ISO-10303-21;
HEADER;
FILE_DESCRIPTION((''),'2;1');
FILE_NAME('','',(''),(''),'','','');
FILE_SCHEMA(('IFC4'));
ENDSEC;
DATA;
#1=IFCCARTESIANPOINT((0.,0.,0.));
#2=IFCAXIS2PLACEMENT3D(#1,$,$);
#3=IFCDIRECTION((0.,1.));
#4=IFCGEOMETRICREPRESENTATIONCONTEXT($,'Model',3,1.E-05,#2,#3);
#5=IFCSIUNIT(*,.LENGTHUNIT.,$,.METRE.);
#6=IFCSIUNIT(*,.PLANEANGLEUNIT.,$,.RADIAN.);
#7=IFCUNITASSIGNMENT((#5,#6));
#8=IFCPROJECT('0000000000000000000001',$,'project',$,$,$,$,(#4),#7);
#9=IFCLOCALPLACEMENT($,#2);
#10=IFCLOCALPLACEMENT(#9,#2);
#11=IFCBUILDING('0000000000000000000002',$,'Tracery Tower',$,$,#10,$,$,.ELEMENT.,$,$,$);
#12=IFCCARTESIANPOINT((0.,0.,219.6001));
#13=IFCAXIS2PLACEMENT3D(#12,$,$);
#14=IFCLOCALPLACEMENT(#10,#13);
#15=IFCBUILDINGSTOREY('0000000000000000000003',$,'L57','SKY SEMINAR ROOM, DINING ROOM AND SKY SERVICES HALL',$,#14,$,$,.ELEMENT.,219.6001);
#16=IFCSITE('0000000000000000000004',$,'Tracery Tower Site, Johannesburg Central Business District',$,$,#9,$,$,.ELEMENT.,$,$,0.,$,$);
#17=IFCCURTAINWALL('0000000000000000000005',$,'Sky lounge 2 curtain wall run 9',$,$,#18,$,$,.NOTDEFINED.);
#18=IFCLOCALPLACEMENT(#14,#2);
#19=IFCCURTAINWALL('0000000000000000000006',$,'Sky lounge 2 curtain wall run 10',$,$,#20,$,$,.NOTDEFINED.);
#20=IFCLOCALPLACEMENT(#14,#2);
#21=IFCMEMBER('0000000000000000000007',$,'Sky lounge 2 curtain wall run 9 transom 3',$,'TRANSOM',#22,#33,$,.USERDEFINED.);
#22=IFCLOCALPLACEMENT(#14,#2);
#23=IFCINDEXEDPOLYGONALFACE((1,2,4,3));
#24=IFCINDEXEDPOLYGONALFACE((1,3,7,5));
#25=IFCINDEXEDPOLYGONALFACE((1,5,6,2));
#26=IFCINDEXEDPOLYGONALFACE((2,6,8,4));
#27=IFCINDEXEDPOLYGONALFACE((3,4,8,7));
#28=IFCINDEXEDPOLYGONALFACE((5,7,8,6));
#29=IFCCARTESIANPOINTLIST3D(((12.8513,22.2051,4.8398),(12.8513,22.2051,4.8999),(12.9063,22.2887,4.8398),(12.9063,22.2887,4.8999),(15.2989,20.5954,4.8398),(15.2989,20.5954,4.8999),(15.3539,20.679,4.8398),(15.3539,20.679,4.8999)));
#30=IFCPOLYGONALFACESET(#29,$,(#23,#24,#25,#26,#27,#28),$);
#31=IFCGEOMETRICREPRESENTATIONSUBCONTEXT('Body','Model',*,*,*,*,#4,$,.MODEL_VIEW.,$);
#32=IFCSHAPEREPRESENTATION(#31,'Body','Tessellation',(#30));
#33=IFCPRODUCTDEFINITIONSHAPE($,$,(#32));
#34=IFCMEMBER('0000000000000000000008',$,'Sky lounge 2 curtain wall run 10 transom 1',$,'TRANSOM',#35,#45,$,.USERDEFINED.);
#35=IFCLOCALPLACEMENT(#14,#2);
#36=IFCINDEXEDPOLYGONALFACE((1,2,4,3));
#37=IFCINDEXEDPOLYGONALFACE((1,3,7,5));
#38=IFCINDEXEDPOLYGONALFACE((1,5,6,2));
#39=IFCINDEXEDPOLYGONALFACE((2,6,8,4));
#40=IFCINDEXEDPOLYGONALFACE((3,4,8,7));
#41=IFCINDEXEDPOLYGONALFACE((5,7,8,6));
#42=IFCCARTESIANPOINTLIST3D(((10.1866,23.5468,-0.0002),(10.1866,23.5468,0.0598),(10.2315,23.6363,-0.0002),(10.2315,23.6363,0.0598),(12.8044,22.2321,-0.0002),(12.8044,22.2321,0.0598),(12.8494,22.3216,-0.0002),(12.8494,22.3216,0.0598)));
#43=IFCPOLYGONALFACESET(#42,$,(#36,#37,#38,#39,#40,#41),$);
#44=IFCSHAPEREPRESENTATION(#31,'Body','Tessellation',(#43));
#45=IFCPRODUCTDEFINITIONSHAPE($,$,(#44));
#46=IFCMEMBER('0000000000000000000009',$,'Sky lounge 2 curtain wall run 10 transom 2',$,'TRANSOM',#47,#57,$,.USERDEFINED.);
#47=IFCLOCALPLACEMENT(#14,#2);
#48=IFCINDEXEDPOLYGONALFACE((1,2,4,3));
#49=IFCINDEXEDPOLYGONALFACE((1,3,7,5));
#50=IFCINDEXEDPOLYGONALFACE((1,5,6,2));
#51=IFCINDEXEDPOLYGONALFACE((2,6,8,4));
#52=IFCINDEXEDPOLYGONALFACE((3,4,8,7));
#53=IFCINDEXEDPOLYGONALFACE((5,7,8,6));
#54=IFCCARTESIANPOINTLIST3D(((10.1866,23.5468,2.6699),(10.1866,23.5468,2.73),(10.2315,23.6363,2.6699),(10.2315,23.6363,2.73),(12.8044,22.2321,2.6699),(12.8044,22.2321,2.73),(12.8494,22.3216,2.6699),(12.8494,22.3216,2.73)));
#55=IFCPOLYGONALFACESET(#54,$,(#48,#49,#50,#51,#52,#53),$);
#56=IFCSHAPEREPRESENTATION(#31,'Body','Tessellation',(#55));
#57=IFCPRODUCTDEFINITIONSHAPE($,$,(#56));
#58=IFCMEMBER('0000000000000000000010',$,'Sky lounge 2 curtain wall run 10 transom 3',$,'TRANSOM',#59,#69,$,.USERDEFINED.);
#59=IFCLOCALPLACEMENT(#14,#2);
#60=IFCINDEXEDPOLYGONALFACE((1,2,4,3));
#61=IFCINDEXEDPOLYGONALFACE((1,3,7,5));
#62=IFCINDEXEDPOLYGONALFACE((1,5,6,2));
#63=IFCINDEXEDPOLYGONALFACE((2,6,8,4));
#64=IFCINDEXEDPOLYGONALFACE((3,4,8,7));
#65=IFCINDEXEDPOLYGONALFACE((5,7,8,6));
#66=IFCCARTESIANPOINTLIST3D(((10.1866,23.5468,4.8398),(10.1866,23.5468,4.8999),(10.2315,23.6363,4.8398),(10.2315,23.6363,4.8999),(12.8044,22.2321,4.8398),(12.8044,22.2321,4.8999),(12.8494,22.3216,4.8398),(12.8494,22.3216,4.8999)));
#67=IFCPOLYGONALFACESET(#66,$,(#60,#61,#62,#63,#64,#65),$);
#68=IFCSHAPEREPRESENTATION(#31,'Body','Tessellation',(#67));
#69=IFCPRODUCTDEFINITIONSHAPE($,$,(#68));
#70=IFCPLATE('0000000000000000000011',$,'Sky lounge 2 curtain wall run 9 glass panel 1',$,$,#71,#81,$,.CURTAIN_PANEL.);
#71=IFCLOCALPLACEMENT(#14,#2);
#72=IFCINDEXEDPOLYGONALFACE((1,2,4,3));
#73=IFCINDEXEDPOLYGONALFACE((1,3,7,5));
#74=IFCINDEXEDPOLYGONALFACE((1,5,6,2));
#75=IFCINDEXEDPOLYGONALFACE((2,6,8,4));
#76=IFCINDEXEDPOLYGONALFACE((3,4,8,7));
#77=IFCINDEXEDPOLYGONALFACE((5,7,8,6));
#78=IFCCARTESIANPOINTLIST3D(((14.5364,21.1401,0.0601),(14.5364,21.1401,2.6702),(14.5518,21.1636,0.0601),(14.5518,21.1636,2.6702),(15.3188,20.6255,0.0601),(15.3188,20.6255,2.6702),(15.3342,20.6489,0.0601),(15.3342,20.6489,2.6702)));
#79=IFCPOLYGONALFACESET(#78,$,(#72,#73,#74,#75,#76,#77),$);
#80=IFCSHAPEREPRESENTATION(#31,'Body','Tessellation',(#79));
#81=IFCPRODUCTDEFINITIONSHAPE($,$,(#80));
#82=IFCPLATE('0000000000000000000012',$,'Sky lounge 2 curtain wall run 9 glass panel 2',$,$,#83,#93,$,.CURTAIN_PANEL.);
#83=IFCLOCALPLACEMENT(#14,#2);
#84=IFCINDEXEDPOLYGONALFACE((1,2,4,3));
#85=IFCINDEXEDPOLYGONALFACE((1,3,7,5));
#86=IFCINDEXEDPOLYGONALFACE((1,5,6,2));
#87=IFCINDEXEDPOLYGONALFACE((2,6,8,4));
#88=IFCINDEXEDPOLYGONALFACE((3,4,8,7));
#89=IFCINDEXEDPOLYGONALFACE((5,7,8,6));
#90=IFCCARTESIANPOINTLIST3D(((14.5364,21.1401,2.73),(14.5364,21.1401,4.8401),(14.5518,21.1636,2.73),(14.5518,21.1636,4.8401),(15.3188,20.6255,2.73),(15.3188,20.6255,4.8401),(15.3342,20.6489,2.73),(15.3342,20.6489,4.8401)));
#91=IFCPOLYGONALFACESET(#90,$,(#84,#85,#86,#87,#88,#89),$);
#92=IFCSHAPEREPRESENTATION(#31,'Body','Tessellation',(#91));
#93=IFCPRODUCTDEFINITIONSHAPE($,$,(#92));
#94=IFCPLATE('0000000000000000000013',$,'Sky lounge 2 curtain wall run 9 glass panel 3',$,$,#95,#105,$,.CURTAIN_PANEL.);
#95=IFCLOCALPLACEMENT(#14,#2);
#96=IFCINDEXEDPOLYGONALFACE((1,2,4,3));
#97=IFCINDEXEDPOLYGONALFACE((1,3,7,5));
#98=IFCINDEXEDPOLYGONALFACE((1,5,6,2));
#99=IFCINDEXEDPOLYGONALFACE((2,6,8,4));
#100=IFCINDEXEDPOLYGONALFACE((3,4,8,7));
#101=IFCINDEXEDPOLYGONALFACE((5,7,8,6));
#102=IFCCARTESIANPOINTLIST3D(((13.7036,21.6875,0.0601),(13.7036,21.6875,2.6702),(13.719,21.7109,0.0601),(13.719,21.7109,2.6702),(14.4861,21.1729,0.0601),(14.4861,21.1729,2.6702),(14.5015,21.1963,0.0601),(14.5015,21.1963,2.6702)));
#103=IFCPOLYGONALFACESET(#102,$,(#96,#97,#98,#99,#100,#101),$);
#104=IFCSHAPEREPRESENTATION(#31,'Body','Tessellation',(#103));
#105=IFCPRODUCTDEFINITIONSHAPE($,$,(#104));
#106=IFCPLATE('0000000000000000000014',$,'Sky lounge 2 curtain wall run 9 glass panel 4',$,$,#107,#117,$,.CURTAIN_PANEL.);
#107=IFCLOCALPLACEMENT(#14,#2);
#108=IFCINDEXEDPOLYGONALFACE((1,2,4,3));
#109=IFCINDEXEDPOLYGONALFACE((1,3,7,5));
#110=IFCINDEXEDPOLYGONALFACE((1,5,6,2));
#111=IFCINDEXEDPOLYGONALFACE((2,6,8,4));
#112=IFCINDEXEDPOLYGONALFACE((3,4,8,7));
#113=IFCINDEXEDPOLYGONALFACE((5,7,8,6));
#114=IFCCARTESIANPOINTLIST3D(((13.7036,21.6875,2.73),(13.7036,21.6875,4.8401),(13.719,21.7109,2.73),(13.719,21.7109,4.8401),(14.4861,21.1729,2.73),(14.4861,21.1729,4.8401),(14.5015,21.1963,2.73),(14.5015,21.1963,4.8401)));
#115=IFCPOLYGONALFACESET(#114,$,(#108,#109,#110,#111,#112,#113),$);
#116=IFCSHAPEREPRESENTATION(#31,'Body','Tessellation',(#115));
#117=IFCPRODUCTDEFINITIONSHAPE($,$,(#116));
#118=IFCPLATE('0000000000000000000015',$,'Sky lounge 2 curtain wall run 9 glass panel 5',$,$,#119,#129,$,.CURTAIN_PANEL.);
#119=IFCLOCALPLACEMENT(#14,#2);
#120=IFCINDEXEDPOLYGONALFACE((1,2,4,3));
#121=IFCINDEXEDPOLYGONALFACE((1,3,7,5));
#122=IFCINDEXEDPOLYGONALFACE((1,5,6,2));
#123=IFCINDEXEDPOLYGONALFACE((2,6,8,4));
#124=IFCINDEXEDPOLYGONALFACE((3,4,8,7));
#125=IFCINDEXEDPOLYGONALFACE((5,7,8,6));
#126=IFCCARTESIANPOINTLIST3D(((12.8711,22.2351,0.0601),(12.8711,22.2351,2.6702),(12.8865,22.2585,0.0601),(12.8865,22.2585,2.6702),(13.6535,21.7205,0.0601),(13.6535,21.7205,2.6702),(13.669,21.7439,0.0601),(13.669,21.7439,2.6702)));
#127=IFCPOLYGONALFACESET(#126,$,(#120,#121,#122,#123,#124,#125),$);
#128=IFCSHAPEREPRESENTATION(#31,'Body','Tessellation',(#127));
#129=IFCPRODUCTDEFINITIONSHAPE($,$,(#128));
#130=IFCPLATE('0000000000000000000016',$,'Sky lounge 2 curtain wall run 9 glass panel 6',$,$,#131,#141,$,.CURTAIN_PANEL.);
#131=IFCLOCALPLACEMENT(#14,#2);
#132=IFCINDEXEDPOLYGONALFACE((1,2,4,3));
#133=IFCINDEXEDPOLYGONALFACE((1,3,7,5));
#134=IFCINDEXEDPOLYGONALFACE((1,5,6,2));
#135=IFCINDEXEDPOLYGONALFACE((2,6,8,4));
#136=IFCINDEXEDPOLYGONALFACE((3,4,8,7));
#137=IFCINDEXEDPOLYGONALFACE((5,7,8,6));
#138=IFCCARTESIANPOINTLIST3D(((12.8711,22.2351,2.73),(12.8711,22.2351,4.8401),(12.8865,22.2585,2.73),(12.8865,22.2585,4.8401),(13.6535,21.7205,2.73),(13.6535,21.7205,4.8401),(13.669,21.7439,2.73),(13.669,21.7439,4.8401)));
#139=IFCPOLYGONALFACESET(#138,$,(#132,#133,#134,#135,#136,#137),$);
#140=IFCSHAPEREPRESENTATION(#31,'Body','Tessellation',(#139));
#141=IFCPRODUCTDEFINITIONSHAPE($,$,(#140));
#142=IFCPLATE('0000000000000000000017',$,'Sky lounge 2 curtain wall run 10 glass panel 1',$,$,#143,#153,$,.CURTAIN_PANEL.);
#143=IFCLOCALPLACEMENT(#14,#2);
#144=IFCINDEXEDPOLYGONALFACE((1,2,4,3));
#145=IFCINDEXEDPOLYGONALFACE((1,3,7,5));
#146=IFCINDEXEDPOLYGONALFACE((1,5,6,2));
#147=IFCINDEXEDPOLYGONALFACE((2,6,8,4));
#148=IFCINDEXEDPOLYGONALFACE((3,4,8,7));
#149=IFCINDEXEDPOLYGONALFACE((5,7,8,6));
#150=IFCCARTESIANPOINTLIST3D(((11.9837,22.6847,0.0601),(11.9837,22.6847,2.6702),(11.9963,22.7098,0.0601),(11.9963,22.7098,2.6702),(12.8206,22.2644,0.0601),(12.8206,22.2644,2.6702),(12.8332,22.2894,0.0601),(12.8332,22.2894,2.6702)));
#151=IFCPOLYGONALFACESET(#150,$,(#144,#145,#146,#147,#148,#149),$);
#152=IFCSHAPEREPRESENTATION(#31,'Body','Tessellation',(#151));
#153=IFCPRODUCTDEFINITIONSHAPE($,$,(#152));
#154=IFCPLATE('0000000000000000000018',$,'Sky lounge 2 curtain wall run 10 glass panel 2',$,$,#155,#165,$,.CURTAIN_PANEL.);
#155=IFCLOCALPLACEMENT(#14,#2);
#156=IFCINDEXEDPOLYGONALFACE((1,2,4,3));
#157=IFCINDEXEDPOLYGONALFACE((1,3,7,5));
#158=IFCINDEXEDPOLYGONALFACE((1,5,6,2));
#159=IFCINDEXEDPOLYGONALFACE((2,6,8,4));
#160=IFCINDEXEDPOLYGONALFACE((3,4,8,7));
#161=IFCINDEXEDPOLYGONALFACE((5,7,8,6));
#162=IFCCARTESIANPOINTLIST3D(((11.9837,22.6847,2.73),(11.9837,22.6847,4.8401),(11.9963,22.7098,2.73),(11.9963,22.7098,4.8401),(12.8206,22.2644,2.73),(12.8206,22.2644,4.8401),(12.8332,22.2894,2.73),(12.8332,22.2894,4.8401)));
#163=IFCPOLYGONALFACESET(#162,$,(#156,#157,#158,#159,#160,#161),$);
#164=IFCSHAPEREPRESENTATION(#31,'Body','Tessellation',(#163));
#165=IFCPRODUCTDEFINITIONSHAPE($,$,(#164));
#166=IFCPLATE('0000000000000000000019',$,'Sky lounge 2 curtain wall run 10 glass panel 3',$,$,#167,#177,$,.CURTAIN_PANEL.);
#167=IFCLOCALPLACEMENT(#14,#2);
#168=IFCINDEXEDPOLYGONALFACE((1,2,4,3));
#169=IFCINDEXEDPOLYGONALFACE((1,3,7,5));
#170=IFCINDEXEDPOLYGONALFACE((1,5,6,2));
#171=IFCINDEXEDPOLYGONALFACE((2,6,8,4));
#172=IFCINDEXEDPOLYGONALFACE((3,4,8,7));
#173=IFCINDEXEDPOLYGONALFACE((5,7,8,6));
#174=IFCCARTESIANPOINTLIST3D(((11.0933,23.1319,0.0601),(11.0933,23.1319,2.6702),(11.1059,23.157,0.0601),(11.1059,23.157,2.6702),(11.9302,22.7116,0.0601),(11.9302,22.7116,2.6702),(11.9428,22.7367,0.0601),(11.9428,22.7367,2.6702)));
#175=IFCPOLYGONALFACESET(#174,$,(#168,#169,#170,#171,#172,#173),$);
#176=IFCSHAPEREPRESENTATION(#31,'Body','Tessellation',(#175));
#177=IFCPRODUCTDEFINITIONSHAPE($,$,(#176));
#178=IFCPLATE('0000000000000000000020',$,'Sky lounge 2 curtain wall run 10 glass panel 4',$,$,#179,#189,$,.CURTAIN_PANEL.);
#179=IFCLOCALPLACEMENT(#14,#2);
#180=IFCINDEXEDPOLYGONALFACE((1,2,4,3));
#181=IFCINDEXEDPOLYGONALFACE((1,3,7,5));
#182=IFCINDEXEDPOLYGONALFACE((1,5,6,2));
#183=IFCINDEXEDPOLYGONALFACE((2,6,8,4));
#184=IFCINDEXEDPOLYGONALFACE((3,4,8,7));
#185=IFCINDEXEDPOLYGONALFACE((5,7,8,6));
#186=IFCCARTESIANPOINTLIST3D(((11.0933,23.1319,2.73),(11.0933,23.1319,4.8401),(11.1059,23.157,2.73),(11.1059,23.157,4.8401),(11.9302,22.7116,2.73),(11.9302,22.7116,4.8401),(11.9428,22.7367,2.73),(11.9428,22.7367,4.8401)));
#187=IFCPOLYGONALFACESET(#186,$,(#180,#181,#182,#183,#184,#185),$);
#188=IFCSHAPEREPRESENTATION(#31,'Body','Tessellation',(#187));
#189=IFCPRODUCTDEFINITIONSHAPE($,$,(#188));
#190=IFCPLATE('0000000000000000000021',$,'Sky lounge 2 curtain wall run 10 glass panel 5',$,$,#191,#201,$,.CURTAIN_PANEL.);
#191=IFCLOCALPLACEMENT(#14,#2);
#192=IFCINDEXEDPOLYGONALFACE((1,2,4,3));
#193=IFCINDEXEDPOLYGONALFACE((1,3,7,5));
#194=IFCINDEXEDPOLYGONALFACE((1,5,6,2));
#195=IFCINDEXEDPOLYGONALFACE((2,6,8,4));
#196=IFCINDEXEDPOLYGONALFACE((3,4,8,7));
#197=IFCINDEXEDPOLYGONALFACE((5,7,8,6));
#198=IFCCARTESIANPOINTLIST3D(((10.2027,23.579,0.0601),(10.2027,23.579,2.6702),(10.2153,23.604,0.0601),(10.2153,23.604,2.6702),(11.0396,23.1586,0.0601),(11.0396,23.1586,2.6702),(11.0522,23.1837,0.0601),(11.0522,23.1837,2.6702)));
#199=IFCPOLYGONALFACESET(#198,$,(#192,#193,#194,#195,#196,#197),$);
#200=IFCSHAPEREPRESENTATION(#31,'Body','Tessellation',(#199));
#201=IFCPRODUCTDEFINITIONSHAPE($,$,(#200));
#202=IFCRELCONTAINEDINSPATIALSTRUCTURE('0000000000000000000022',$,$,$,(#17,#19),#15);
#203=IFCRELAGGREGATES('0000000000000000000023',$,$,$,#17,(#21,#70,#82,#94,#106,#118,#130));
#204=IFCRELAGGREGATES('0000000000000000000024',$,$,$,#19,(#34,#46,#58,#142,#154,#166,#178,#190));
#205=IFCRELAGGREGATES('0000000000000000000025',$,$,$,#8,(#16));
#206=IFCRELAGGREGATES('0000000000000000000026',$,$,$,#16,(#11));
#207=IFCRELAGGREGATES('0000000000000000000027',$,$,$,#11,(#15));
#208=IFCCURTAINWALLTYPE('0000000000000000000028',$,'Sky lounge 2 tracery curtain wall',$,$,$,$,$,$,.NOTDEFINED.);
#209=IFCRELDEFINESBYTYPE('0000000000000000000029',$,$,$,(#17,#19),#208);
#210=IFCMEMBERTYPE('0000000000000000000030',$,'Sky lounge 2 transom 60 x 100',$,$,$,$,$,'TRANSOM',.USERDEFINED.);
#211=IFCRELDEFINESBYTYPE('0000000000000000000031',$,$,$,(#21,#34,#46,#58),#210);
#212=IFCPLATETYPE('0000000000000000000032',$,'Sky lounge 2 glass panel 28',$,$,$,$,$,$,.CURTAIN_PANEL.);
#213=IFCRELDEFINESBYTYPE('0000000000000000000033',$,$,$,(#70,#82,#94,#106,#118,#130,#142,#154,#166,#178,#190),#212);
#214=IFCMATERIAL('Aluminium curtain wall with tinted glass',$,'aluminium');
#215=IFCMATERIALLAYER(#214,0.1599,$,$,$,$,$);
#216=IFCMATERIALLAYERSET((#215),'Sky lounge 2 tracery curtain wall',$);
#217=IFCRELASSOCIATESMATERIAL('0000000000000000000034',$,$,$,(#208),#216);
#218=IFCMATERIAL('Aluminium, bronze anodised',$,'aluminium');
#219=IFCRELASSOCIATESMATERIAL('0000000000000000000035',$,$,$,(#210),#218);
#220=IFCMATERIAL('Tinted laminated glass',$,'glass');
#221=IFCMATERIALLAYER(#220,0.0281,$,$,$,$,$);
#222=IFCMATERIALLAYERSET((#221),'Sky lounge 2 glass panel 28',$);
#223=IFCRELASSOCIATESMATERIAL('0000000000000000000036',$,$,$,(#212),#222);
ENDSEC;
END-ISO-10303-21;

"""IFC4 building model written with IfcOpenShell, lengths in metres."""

from ifc_helpers import new_model, si_unit, direction, frame, origin, origin_2d, place, context, subcontext, project, spatial, rectangle, extrude, material, layer, layer_set, material_profile, profile_set, type_object, element, aggregate, save


model = new_model("IFC4")

# Units and contexts
model_context = context("Model", 3, precision=1e-05, world=origin(), true_north=direction((0.0, 1.0)))
body_context = subcontext(model_context, "Body", "Model", "MODEL_VIEW")
ifc_project = project(units=[si_unit("LENGTHUNIT", "METRE"), si_unit("PLANEANGLEUNIT", "RADIAN")], contexts=[model_context])

# Site, building, storey
site_placement = place(None, origin())
site = spatial("IfcSite", under=ifc_project, at=site_placement, Name="Tracery Tower Site, Johannesburg Central Business District", CompositionType="ELEMENT", RefElevation=0.0)
building_placement = place(site_placement, origin())
building = spatial("IfcBuilding", under=site, at=building_placement, Name="Tracery Tower", CompositionType="ELEMENT")
storey_placement = place(building_placement, frame((0.0, 0.0, 219.6001)))
storey = spatial("IfcBuildingStorey", under=building, at=storey_placement, Name="L57", Description="SKY SEMINAR ROOM, DINING ROOM AND SKY SERVICES HALL", CompositionType="ELEMENT", Elevation=219.6001)

# Curtain walls
ifc_material_1 = material(Name="Aluminium curtain wall with tinted glass", Category="aluminium")
ifc_layer_1 = layer(ifc_material_1, 0.1599)
ifc_layer_set_1 = layer_set([ifc_layer_1], Name="Sky lounge 2 tracery curtain wall")
curtain_wall_type = type_object("IfcCurtainWallType", Name="Sky lounge 2 tracery curtain wall", PredefinedType="NOTDEFINED", material=ifc_layer_set_1)
curtain_wall_1_placement = place(storey_placement, origin())
curtain_wall_1 = element("IfcCurtainWall", 1, at=curtain_wall_1_placement, inside=storey, type_object=curtain_wall_type, Name="Sky lounge 2 curtain wall run 9", PredefinedType="NOTDEFINED")
curtain_wall_2_placement = place(storey_placement, origin())
curtain_wall_2 = element("IfcCurtainWall", 2, at=curtain_wall_2_placement, inside=storey, type_object=curtain_wall_type, Name="Sky lounge 2 curtain wall run 10", PredefinedType="NOTDEFINED")

# Members
ifc_material_2 = material(Name="Aluminium, bronze anodised", Category="aluminium")
ifc_material_profile_1 = material_profile(ifc_material_2, rectangle(XDim=0.1001, YDim=0.0601, at=origin_2d()), Name="AL 60x100")
ifc_profile_set_1 = profile_set([ifc_material_profile_1], Name="Aluminium, bronze anodised")
member_type_1 = type_object("IfcMemberType", Name="Sky lounge 2 transom 60 x 100", ElementType="TRANSOM", PredefinedType="USERDEFINED", material=ifc_profile_set_1)
member_1_placement = place(storey_placement, frame((15.3264, 20.6372, 4.8699), z_axis=(-0.835509, 0.549477, 0.0), x_axis=(-0.549477, -0.835509, 0.0)))
member_1 = element("IfcMember", 3, at=member_1_placement, type_object=member_type_1, Name="Sky lounge 2 curtain wall run 9 transom 3", ObjectType="TRANSOM", PredefinedType="USERDEFINED", context=body_context, shape_type="SweptSolid", body=[
    extrude(rectangle(XDim=0.1001, YDim=0.0601, at=origin_2d()), origin(), (0.0, 0.0, 1.0), 2.9294),
])
member_2_placement = place(storey_placement, frame((12.8269, 22.2769, 0.0298), z_axis=(-0.893642, 0.44878, 0.0), x_axis=(-0.44878, -0.893642, 0.0)))
member_2 = element("IfcMember", 4, at=member_2_placement, type_object=member_type_1, Name="Sky lounge 2 curtain wall run 10 transom 1", ObjectType="TRANSOM", PredefinedType="USERDEFINED", context=body_context, shape_type="SweptSolid", body=[
    extrude(rectangle(XDim=0.1001, YDim=0.0601, at=origin_2d()), origin(), (0.0, 0.0, 1.0), 2.9294),
])
member_3_placement = place(storey_placement, frame((12.8269, 22.2769, 2.7), z_axis=(-0.893642, 0.44878, 0.0), x_axis=(-0.44878, -0.893642, 0.0)))
member_3 = element("IfcMember", 5, at=member_3_placement, type_object=member_type_1, Name="Sky lounge 2 curtain wall run 10 transom 2", ObjectType="TRANSOM", PredefinedType="USERDEFINED", context=body_context, shape_type="SweptSolid", body=[
    extrude(rectangle(XDim=0.1001, YDim=0.0601, at=origin_2d()), origin(), (0.0, 0.0, 1.0), 2.9294),
])
member_4_placement = place(storey_placement, frame((12.8269, 22.2769, 4.8699), z_axis=(-0.893642, 0.44878, 0.0), x_axis=(-0.44878, -0.893642, 0.0)))
member_4 = element("IfcMember", 6, at=member_4_placement, type_object=member_type_1, Name="Sky lounge 2 curtain wall run 10 transom 3", ObjectType="TRANSOM", PredefinedType="USERDEFINED", context=body_context, shape_type="SweptSolid", body=[
    extrude(rectangle(XDim=0.1001, YDim=0.0601, at=origin_2d()), origin(), (0.0, 0.0, 1.0), 2.9294),
])

# Plates
ifc_material_3 = material(Name="Tinted laminated glass", Category="glass")
ifc_layer_2 = layer(ifc_material_3, 0.0281)
ifc_layer_set_2 = layer_set([ifc_layer_2], Name="Sky lounge 2 glass panel 28")
plate_type = type_object("IfcPlateType", Name="Sky lounge 2 glass panel 28", PredefinedType="CURTAIN_PANEL", material=ifc_layer_set_2)
plate_1_placement = place(storey_placement, frame((14.9353, 20.8945, 0.0601), z_axis=(0.0, 0.0, 1.0), x_axis=(-0.835488, 0.549509, 0.0)))
plate_1 = element("IfcPlate", 7, at=plate_1_placement, type_object=plate_type, Name="Sky lounge 2 curtain wall run 9 glass panel 1", PredefinedType="CURTAIN_PANEL", context=body_context, shape_type="SweptSolid", body=[
    extrude(rectangle(XDim=0.9365, YDim=0.0281, at=origin_2d()), origin(), (0.0, 0.0, 1.0), 2.6101),
])
plate_2_placement = place(storey_placement, frame((14.9353, 20.8945, 2.73), z_axis=(0.0, 0.0, 1.0), x_axis=(-0.835488, 0.549509, 0.0)))
plate_2 = element("IfcPlate", 8, at=plate_2_placement, type_object=plate_type, Name="Sky lounge 2 curtain wall run 9 glass panel 2", PredefinedType="CURTAIN_PANEL", context=body_context, shape_type="SweptSolid", body=[
    extrude(rectangle(XDim=0.9365, YDim=0.0281, at=origin_2d()), origin(), (0.0, 0.0, 1.0), 2.1101),
])
plate_3_placement = place(storey_placement, frame((14.1025, 21.4419, 0.0601), z_axis=(0.0, 0.0, 1.0), x_axis=(-0.835488, 0.549509, 0.0)))
plate_3 = element("IfcPlate", 9, at=plate_3_placement, type_object=plate_type, Name="Sky lounge 2 curtain wall run 9 glass panel 3", PredefinedType="CURTAIN_PANEL", context=body_context, shape_type="SweptSolid", body=[
    extrude(rectangle(XDim=0.9365, YDim=0.0281, at=origin_2d()), origin(), (0.0, 0.0, 1.0), 2.6101),
])
plate_4_placement = place(storey_placement, frame((14.1025, 21.4419, 2.73), z_axis=(0.0, 0.0, 1.0), x_axis=(-0.835488, 0.549509, 0.0)))
plate_4 = element("IfcPlate", 10, at=plate_4_placement, type_object=plate_type, Name="Sky lounge 2 curtain wall run 9 glass panel 4", PredefinedType="CURTAIN_PANEL", context=body_context, shape_type="SweptSolid", body=[
    extrude(rectangle(XDim=0.9365, YDim=0.0281, at=origin_2d()), origin(), (0.0, 0.0, 1.0), 2.1101),
])
plate_5_placement = place(storey_placement, frame((13.27, 21.9895, 0.0601), z_axis=(0.0, 0.0, 1.0), x_axis=(-0.835488, 0.549509, 0.0)))
plate_5 = element("IfcPlate", 11, at=plate_5_placement, type_object=plate_type, Name="Sky lounge 2 curtain wall run 9 glass panel 5", PredefinedType="CURTAIN_PANEL", context=body_context, shape_type="SweptSolid", body=[
    extrude(rectangle(XDim=0.9365, YDim=0.0281, at=origin_2d()), origin(), (0.0, 0.0, 1.0), 2.6101),
])
plate_6_placement = place(storey_placement, frame((13.27, 21.9895, 2.73), z_axis=(0.0, 0.0, 1.0), x_axis=(-0.835488, 0.549509, 0.0)))
plate_6 = element("IfcPlate", 12, at=plate_6_placement, type_object=plate_type, Name="Sky lounge 2 curtain wall run 9 glass panel 6", PredefinedType="CURTAIN_PANEL", context=body_context, shape_type="SweptSolid", body=[
    extrude(rectangle(XDim=0.9365, YDim=0.0281, at=origin_2d()), origin(), (0.0, 0.0, 1.0), 2.1101),
])
aggregate(curtain_wall_1, [member_1, plate_1, plate_2, plate_3, plate_4, plate_5, plate_6])
plate_7_placement = place(storey_placement, frame((12.4084, 22.4871, 0.0601), z_axis=(0.0, 0.0, 1.0), x_axis=(-0.893633, 0.448799, 0.0)))
plate_7 = element("IfcPlate", 13, at=plate_7_placement, type_object=plate_type, Name="Sky lounge 2 curtain wall run 10 glass panel 1", PredefinedType="CURTAIN_PANEL", context=body_context, shape_type="SweptSolid", body=[
    extrude(rectangle(XDim=0.9365, YDim=0.0281, at=origin_2d()), origin(), (0.0, 0.0, 1.0), 2.6101),
])
plate_8_placement = place(storey_placement, frame((12.4084, 22.4871, 2.73), z_axis=(0.0, 0.0, 1.0), x_axis=(-0.893633, 0.448799, 0.0)))
plate_8 = element("IfcPlate", 14, at=plate_8_placement, type_object=plate_type, Name="Sky lounge 2 curtain wall run 10 glass panel 2", PredefinedType="CURTAIN_PANEL", context=body_context, shape_type="SweptSolid", body=[
    extrude(rectangle(XDim=0.9365, YDim=0.0281, at=origin_2d()), origin(), (0.0, 0.0, 1.0), 2.1101),
])
plate_9_placement = place(storey_placement, frame((11.5181, 22.9343, 0.0601), z_axis=(0.0, 0.0, 1.0), x_axis=(-0.893633, 0.448799, 0.0)))
plate_9 = element("IfcPlate", 15, at=plate_9_placement, type_object=plate_type, Name="Sky lounge 2 curtain wall run 10 glass panel 3", PredefinedType="CURTAIN_PANEL", context=body_context, shape_type="SweptSolid", body=[
    extrude(rectangle(XDim=0.9365, YDim=0.0281, at=origin_2d()), origin(), (0.0, 0.0, 1.0), 2.6101),
])
plate_10_placement = place(storey_placement, frame((11.5181, 22.9343, 2.73), z_axis=(0.0, 0.0, 1.0), x_axis=(-0.893633, 0.448799, 0.0)))
plate_10 = element("IfcPlate", 16, at=plate_10_placement, type_object=plate_type, Name="Sky lounge 2 curtain wall run 10 glass panel 4", PredefinedType="CURTAIN_PANEL", context=body_context, shape_type="SweptSolid", body=[
    extrude(rectangle(XDim=0.9365, YDim=0.0281, at=origin_2d()), origin(), (0.0, 0.0, 1.0), 2.1101),
])
plate_11_placement = place(storey_placement, frame((10.6274, 23.3813, 0.0601), z_axis=(0.0, 0.0, 1.0), x_axis=(-0.893633, 0.448799, 0.0)))
plate_11 = element("IfcPlate", 17, at=plate_11_placement, type_object=plate_type, Name="Sky lounge 2 curtain wall run 10 glass panel 5", PredefinedType="CURTAIN_PANEL", context=body_context, shape_type="SweptSolid", body=[
    extrude(rectangle(XDim=0.9365, YDim=0.0281, at=origin_2d()), origin(), (0.0, 0.0, 1.0), 2.6101),
])
aggregate(curtain_wall_2, [member_2, member_3, member_4, plate_7, plate_8, plate_9, plate_10, plate_11])

save(model, "model.ifc")
